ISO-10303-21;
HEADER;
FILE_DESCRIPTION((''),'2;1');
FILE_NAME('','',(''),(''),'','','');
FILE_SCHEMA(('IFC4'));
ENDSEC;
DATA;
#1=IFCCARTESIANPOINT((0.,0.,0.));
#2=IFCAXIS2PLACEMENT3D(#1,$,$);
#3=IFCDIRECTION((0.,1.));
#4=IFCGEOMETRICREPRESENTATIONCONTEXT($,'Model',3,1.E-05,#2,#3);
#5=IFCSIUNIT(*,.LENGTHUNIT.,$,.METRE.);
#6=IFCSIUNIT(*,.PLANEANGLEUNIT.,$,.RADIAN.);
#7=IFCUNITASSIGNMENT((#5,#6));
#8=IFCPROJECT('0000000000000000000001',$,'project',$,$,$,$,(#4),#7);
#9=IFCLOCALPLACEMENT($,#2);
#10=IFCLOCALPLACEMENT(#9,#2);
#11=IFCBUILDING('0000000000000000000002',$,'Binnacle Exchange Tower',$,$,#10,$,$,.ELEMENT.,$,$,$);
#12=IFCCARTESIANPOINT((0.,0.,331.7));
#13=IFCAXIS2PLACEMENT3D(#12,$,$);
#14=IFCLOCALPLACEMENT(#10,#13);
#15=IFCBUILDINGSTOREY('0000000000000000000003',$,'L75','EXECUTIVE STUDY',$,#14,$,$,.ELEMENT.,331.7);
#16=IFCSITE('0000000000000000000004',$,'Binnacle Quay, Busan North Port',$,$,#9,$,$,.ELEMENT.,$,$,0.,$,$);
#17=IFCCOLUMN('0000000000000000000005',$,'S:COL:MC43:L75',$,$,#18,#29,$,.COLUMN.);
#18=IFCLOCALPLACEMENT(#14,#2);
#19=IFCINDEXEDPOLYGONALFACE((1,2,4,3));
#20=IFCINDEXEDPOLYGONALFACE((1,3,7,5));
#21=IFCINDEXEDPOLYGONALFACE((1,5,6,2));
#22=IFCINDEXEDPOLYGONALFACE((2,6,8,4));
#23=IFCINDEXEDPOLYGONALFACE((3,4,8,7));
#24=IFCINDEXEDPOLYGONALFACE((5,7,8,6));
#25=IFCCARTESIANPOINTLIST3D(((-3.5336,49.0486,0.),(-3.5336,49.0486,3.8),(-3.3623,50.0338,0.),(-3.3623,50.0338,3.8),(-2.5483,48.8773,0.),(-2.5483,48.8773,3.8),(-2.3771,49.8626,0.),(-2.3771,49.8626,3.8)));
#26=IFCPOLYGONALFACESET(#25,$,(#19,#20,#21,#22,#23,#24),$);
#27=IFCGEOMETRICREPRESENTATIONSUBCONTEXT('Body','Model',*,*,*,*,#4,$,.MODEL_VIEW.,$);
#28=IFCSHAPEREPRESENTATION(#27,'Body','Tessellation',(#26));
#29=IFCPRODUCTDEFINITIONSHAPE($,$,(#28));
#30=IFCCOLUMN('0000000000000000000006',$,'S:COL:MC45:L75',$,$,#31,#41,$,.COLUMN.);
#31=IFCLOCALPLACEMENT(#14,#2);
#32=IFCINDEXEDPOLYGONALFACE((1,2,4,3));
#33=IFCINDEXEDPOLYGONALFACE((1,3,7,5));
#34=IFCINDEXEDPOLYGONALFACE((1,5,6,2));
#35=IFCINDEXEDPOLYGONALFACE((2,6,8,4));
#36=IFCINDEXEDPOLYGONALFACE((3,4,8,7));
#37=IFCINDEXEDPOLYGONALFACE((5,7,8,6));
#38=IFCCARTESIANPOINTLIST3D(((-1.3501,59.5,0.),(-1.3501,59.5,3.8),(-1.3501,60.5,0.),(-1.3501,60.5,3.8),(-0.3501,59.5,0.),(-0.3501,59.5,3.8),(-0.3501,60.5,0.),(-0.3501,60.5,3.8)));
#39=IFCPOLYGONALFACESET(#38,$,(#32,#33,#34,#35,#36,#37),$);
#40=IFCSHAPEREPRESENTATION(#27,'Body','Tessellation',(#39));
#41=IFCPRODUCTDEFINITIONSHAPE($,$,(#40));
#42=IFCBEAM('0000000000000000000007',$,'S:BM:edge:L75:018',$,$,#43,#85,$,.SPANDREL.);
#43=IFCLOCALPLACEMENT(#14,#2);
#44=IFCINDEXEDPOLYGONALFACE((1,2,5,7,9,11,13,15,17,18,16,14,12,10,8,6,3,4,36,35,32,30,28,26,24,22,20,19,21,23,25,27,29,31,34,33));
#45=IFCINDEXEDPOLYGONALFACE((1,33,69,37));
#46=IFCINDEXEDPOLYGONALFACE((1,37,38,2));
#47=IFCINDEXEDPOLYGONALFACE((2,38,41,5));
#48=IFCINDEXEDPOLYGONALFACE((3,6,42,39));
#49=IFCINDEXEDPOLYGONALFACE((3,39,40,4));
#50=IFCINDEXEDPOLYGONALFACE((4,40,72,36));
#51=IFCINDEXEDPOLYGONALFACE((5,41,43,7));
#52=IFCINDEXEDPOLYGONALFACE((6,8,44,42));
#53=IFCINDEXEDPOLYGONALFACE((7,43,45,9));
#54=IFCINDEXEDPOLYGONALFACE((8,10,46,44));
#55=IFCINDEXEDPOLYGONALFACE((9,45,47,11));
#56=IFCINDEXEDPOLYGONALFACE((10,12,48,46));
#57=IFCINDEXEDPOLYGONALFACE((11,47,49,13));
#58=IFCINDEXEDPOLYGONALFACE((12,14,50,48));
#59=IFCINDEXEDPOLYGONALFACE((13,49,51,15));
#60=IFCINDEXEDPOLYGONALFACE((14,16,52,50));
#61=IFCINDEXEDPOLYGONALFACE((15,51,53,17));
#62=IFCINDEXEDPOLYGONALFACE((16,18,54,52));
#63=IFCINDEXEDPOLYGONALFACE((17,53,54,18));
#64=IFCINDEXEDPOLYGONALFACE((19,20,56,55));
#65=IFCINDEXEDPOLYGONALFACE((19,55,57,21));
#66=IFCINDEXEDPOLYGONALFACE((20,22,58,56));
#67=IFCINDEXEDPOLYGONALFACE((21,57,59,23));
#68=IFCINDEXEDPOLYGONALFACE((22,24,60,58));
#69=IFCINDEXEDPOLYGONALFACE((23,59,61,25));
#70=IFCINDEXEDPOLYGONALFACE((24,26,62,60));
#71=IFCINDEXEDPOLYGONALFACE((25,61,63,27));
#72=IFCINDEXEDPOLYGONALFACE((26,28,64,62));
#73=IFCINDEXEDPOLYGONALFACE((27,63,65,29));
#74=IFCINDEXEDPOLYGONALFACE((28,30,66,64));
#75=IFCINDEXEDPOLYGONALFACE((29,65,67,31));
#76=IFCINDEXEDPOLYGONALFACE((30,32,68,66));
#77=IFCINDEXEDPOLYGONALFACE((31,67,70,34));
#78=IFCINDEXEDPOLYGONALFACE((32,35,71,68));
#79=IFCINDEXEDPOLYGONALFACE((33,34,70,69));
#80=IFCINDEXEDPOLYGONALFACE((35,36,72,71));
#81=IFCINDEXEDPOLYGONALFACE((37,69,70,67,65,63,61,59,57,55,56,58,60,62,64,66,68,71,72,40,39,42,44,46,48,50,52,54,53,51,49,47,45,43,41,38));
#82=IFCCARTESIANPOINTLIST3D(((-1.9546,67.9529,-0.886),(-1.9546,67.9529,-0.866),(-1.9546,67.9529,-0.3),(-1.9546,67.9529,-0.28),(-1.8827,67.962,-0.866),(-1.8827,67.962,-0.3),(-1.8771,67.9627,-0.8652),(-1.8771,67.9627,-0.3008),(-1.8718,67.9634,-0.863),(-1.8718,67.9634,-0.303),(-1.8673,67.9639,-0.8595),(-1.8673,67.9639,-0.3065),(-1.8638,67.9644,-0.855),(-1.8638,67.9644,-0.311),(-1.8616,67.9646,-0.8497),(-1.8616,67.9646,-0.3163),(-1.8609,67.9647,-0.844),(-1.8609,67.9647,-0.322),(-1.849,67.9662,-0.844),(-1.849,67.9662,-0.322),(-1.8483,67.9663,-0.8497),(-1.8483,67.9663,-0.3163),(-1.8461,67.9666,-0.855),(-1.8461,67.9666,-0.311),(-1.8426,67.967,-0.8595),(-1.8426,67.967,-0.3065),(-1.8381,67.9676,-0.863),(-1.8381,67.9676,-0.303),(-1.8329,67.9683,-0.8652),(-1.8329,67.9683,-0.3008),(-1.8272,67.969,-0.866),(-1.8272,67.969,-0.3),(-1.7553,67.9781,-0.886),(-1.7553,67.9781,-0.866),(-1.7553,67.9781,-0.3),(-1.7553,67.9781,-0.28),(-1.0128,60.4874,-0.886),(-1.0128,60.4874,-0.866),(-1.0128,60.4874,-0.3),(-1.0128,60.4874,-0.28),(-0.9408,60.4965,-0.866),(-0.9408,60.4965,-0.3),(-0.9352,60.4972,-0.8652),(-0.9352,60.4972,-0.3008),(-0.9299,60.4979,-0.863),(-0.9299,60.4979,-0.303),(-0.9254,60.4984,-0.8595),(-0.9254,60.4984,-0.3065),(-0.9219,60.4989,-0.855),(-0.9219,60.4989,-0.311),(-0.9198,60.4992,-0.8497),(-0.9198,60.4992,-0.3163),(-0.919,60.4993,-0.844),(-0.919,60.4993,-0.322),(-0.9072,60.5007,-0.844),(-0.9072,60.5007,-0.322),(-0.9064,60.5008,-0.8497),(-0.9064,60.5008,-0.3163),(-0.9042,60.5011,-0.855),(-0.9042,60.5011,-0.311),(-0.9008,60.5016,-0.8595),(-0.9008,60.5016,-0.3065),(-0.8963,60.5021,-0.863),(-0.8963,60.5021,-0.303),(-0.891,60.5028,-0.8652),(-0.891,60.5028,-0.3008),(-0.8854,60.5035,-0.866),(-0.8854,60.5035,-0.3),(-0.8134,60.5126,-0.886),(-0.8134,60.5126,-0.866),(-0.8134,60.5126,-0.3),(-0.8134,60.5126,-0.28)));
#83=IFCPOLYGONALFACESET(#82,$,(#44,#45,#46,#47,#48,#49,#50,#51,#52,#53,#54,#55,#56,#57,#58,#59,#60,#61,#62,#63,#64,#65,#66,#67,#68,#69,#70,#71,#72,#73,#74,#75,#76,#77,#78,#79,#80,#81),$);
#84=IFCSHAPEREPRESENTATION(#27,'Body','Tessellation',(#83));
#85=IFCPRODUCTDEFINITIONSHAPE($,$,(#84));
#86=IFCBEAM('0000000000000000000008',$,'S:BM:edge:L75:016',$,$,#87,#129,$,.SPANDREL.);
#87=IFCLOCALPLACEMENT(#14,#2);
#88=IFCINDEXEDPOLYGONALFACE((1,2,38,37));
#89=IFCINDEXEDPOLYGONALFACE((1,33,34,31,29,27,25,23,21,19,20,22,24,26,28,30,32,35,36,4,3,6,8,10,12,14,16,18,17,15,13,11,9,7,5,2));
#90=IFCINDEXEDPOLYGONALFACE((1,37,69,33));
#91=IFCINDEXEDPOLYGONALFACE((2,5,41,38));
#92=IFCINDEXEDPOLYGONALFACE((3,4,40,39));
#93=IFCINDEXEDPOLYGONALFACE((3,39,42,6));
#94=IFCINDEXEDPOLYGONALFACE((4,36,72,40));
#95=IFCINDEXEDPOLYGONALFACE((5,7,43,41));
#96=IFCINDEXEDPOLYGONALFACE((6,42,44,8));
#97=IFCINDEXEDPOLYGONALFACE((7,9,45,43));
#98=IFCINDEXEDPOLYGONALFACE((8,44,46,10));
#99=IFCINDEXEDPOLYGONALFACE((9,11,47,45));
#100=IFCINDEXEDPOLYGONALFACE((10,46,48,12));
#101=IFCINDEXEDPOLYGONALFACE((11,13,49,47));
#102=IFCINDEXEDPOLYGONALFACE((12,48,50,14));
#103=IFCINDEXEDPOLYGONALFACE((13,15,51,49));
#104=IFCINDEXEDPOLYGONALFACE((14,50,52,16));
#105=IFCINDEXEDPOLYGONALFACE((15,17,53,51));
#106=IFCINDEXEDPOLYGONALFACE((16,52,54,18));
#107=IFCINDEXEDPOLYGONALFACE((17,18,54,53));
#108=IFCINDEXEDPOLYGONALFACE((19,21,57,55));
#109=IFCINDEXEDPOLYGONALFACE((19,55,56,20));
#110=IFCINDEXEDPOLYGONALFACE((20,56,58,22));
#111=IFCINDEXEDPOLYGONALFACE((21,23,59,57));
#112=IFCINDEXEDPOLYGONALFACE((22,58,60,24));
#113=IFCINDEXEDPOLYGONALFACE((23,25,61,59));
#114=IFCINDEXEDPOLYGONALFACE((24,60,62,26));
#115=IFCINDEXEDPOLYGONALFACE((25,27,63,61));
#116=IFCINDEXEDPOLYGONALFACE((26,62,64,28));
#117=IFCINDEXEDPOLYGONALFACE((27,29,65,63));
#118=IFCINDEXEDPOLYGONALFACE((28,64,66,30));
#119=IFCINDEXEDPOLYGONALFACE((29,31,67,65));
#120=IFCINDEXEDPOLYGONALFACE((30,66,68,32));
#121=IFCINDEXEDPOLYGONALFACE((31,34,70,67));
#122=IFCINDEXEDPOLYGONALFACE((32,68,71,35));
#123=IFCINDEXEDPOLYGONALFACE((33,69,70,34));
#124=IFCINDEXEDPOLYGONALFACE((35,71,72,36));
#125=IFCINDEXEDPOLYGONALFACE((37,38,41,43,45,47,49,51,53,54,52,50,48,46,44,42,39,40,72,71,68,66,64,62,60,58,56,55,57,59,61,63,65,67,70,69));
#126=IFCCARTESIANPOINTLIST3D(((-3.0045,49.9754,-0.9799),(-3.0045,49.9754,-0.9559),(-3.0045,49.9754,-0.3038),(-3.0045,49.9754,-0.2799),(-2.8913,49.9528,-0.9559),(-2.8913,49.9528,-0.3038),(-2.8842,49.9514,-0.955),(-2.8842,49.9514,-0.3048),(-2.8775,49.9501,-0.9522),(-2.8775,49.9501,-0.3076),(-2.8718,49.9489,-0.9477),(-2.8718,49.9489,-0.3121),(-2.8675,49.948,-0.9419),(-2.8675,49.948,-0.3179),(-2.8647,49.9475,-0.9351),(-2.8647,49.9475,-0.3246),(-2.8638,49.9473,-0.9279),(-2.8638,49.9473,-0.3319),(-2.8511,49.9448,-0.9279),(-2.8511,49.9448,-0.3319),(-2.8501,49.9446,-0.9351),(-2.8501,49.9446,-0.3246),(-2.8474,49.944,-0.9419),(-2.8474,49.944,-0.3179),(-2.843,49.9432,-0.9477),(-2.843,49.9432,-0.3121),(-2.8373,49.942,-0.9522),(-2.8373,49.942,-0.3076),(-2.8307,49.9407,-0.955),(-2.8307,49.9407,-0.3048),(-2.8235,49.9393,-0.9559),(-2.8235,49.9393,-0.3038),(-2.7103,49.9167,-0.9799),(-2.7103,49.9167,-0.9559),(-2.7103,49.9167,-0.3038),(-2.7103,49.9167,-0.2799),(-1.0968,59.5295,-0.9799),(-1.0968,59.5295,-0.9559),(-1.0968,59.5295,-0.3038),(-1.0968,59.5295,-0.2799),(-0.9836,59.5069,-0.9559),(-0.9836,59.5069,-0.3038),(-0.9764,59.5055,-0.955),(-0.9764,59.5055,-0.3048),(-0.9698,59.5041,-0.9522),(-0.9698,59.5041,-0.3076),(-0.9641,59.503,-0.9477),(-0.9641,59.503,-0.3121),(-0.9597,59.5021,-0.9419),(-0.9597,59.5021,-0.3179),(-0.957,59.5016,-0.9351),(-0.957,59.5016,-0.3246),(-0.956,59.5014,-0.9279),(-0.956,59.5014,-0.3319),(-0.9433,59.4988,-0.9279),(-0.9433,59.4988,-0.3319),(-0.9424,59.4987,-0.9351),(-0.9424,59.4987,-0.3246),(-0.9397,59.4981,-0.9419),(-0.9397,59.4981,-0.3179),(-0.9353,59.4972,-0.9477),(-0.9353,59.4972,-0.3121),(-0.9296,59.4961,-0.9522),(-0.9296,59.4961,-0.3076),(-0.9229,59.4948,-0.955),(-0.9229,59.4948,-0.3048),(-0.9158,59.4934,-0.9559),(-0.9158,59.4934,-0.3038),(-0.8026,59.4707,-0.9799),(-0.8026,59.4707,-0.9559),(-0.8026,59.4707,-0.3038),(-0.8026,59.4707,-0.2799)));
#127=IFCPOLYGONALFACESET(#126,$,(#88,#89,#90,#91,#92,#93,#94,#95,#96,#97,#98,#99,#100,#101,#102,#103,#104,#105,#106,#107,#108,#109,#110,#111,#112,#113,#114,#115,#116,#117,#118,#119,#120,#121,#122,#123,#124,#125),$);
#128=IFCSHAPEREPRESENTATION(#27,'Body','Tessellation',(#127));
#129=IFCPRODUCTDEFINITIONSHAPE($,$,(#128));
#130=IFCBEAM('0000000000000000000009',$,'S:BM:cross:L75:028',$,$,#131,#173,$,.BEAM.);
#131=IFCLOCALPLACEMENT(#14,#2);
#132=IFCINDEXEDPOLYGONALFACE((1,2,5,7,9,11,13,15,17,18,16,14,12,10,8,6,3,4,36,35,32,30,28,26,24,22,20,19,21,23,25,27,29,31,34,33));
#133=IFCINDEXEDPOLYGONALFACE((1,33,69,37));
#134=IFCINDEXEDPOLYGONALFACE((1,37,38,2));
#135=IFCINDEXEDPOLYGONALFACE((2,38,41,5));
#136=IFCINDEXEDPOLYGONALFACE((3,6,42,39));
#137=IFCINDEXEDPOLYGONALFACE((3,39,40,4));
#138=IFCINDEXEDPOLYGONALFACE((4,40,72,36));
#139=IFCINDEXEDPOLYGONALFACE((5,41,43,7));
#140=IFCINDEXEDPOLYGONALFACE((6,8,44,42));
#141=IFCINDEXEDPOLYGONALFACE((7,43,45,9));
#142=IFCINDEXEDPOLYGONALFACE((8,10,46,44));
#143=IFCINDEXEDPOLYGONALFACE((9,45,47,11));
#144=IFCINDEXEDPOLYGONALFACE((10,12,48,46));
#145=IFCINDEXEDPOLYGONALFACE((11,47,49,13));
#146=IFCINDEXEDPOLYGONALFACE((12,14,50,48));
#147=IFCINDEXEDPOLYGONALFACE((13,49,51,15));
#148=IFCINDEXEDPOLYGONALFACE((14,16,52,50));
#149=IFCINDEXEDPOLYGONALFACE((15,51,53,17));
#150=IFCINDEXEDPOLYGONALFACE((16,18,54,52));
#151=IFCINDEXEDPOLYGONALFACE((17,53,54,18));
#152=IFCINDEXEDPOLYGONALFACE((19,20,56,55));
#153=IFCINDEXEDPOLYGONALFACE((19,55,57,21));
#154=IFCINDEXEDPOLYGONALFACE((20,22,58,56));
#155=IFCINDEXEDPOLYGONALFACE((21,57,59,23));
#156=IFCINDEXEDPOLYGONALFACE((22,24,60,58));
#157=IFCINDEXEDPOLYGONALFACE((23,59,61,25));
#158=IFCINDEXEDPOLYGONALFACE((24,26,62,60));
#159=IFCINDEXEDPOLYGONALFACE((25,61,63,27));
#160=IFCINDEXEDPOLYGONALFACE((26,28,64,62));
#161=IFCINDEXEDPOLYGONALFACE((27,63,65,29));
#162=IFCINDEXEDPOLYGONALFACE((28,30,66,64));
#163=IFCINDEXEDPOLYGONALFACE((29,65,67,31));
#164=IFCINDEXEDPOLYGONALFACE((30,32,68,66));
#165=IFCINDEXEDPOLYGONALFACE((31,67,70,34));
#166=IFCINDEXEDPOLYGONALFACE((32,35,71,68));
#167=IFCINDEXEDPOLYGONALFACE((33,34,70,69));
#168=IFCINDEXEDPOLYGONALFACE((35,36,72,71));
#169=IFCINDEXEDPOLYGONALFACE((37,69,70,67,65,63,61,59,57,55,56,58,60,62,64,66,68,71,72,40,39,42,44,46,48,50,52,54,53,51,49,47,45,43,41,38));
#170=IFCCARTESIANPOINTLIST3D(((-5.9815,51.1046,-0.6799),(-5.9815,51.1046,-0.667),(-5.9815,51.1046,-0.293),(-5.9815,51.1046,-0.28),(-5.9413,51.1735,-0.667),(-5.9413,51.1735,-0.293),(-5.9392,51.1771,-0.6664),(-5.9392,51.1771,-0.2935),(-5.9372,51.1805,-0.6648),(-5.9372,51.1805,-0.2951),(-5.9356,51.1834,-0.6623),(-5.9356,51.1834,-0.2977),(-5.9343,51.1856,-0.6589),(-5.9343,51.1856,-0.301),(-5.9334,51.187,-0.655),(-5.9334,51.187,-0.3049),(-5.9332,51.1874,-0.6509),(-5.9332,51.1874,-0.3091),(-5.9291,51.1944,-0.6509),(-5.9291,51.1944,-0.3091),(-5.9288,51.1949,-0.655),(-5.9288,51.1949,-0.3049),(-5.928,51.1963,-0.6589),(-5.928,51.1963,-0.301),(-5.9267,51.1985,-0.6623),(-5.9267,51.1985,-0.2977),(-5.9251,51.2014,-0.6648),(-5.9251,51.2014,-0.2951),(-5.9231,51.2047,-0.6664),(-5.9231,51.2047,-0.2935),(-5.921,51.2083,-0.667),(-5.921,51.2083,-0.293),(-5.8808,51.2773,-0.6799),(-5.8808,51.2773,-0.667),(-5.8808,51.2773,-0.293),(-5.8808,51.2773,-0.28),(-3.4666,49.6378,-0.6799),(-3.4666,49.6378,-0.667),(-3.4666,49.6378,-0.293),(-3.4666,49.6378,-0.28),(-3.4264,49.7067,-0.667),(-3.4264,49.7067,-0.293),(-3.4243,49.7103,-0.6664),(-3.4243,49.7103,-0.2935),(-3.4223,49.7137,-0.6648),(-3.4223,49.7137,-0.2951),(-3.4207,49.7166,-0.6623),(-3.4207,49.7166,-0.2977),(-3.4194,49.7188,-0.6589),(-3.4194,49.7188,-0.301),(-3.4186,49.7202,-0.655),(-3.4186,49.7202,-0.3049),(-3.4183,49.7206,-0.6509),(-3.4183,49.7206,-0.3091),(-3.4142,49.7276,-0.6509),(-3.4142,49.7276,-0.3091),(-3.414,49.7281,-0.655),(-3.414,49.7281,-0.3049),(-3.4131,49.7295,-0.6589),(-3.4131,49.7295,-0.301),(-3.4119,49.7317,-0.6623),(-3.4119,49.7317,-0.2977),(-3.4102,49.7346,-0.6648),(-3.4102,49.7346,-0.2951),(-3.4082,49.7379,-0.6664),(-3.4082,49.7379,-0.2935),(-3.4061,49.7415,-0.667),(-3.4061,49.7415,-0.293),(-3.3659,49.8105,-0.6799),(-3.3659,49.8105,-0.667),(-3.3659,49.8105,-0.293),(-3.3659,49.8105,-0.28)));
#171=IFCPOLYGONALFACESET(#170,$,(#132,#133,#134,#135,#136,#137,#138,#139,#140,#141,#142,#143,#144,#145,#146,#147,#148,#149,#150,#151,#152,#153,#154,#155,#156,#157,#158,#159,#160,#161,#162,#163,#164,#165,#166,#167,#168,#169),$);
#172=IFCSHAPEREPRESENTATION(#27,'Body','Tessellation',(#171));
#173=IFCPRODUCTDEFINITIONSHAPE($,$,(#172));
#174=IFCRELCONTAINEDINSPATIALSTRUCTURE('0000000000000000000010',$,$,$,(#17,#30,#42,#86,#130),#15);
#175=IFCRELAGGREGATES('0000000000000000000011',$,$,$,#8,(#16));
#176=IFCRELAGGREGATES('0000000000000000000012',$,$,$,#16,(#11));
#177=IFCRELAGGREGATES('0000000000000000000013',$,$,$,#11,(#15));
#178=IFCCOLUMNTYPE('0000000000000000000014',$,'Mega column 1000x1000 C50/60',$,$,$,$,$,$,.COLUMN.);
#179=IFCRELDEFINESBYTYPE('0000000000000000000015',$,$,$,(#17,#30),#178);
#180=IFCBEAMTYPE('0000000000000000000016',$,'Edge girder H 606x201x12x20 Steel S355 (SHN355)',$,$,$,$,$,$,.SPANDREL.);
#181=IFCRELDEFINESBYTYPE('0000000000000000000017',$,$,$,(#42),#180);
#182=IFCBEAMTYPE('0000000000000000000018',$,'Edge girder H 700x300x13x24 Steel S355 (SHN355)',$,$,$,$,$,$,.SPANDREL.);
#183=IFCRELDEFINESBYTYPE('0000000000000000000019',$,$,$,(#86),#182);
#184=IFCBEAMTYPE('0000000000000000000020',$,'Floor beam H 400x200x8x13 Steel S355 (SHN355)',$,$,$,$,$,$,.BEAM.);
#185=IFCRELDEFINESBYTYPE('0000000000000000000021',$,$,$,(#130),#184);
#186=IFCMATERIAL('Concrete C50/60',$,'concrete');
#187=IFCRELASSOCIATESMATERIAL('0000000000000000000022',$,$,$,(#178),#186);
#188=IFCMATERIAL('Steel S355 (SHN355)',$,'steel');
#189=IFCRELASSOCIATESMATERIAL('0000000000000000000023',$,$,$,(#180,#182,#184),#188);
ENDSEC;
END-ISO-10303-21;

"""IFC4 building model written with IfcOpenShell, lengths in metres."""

from ifc_helpers import new_model, si_unit, direction, frame, origin, origin_2d, place, context, subcontext, project, spatial, rectangle, i_section, extrude, material, material_profile, profile_set, type_object, element, save


model = new_model("IFC4")

# Units and contexts
model_context = context("Model", 3, precision=1e-05, world=origin(), true_north=direction((0.0, 1.0)))
body_context = subcontext(model_context, "Body", "Model", "MODEL_VIEW")
ifc_project = project(units=[si_unit("LENGTHUNIT", "METRE"), si_unit("PLANEANGLEUNIT", "RADIAN")], contexts=[model_context])

# Site, building, storey
site_placement = place(None, origin())
site = spatial("IfcSite", under=ifc_project, at=site_placement, Name="Binnacle Quay, Busan North Port", CompositionType="ELEMENT", RefElevation=0.0)
building_placement = place(site_placement, origin())
building = spatial("IfcBuilding", under=site, at=building_placement, Name="Binnacle Exchange Tower", CompositionType="ELEMENT")
storey_placement = place(building_placement, frame((0.0, 0.0, 331.7)))
storey = spatial("IfcBuildingStorey", under=building, at=storey_placement, Name="L75", Description="EXECUTIVE STUDY", CompositionType="ELEMENT", Elevation=331.7)

# Columns
ifc_material_1 = material(Name="Concrete C50/60", Category="concrete")
ifc_material_profile_1 = material_profile(ifc_material_1, rectangle(XDim=1.0, YDim=1.0, at=origin_2d()), Name="Mega column 1000x1000 C50/60")
ifc_profile_set_1 = profile_set([ifc_material_profile_1], Name="Concrete C50/60")
column_type = type_object("IfcColumnType", Name="Mega column 1000x1000 C50/60", PredefinedType="COLUMN", material=ifc_profile_set_1)
for number, where, z_axis, x_axis, name in (
    (1, (-2.9553, 49.4556, 0.0), (0.0, 0.0, 1.0), (-0.985226, 0.171259, 0.0), "S:COL:MC43:L75"),
    (2, (-0.8501, 60.0, 0.0), (0.0, 0.0, 1.0), (0.0, 1.0, 0.0), "S:COL:MC45:L75"),
):
    element("IfcColumn", number, at=place(storey_placement, frame(where, z_axis=z_axis, x_axis=x_axis)), inside=storey, type_object=column_type, Name=name, PredefinedType="COLUMN", context=body_context, shape_type="SweptSolid", body=[
        extrude(rectangle(XDim=1.0, YDim=1.0, at=origin_2d()), origin(), (0.0, 0.0, 1.0), 3.8),
    ])

# Beams
ifc_material_2 = material(Name="Steel S355 (SHN355)", Category="steel")
ifc_material_profile_2 = material_profile(ifc_material_2, i_section(OverallWidth=0.2009, OverallDepth=0.606, WebThickness=0.012, FlangeThickness=0.02, FilletRadius=0.022, at=origin_2d()), Name="H 606x201x12x20")
ifc_profile_set_2 = profile_set([ifc_material_profile_2], Name="Steel S355 (SHN355)")
beam_type_1 = type_object("IfcBeamType", Name="Edge girder H 606x201x12x20 Steel S355 (SHN355)", PredefinedType="SPANDREL", material=ifc_profile_set_2)
beam_1_placement = place(storey_placement, frame((-0.9131, 60.5, -0.583), z_axis=(-0.125173, 0.992135, 0.0), x_axis=(-0.992135, -0.125173, 0.0)))
element("IfcBeam", 3, at=beam_1_placement, inside=storey, type_object=beam_type_1, Name="S:BM:edge:L75:018", PredefinedType="SPANDREL", context=body_context, shape_type="SweptSolid", body=[
    extrude(i_section(OverallWidth=0.2009, OverallDepth=0.606, WebThickness=0.012, FlangeThickness=0.02, FilletRadius=0.022, at=origin_2d()), origin(), (0.0, 0.0, 1.0), 7.5247),
])
ifc_material_profile_3 = material_profile(ifc_material_2, i_section(OverallWidth=0.3, OverallDepth=0.7, WebThickness=0.0129, FlangeThickness=0.0239, FilletRadius=0.0281, at=origin_2d()), Name="H 700x300x13x24")
ifc_profile_set_3 = profile_set([ifc_material_profile_3], Name="Steel S355 (SHN355)")
beam_type_2 = type_object("IfcBeamType", Name="Edge girder H 700x300x13x24 Steel S355 (SHN355)", PredefinedType="SPANDREL", material=ifc_profile_set_3)
beam_2_placement = place(storey_placement, frame((-2.8574, 49.946, -0.6299), z_axis=(0.195813, 0.980641, 0.0), x_axis=(-0.980641, 0.195813, 0.0)))
element("IfcBeam", 4, at=beam_2_placement, inside=storey, type_object=beam_type_2, Name="S:BM:edge:L75:016", PredefinedType="SPANDREL", context=body_context, shape_type="SweptSolid", body=[
    extrude(i_section(OverallWidth=0.3, OverallDepth=0.7, WebThickness=0.0129, FlangeThickness=0.0239, FilletRadius=0.0281, at=origin_2d()), origin(), (0.0, 0.0, 1.0), 9.7427),
])
ifc_material_profile_4 = material_profile(ifc_material_2, i_section(OverallWidth=0.2, OverallDepth=0.3999, WebThickness=0.0081, FlangeThickness=0.0129, FilletRadius=0.0161, at=origin_2d()), Name="H 400x200x8x13")
ifc_profile_set_4 = profile_set([ifc_material_profile_4], Name="Steel S355 (SHN355)")
beam_type_3 = type_object("IfcBeamType", Name="Floor beam H 400x200x8x13 Steel S355 (SHN355)", PredefinedType="BEAM", material=ifc_profile_set_4)
beam_3_placement = place(storey_placement, frame((-3.4163, 49.7241, -0.48), z_axis=(-0.863812, 0.503814, 0.0), x_axis=(-0.503814, -0.863812, 0.0)))
element("IfcBeam", 5, at=beam_3_placement, inside=storey, type_object=beam_type_3, Name="S:BM:cross:L75:028", PredefinedType="BEAM", context=body_context, shape_type="SweptSolid", body=[
    extrude(i_section(OverallWidth=0.2, OverallDepth=0.3999, WebThickness=0.0081, FlangeThickness=0.0129, FilletRadius=0.0161, at=origin_2d()), origin(), (0.0, 0.0, 1.0), 2.9114),
])

save(model, "model.ifc")
